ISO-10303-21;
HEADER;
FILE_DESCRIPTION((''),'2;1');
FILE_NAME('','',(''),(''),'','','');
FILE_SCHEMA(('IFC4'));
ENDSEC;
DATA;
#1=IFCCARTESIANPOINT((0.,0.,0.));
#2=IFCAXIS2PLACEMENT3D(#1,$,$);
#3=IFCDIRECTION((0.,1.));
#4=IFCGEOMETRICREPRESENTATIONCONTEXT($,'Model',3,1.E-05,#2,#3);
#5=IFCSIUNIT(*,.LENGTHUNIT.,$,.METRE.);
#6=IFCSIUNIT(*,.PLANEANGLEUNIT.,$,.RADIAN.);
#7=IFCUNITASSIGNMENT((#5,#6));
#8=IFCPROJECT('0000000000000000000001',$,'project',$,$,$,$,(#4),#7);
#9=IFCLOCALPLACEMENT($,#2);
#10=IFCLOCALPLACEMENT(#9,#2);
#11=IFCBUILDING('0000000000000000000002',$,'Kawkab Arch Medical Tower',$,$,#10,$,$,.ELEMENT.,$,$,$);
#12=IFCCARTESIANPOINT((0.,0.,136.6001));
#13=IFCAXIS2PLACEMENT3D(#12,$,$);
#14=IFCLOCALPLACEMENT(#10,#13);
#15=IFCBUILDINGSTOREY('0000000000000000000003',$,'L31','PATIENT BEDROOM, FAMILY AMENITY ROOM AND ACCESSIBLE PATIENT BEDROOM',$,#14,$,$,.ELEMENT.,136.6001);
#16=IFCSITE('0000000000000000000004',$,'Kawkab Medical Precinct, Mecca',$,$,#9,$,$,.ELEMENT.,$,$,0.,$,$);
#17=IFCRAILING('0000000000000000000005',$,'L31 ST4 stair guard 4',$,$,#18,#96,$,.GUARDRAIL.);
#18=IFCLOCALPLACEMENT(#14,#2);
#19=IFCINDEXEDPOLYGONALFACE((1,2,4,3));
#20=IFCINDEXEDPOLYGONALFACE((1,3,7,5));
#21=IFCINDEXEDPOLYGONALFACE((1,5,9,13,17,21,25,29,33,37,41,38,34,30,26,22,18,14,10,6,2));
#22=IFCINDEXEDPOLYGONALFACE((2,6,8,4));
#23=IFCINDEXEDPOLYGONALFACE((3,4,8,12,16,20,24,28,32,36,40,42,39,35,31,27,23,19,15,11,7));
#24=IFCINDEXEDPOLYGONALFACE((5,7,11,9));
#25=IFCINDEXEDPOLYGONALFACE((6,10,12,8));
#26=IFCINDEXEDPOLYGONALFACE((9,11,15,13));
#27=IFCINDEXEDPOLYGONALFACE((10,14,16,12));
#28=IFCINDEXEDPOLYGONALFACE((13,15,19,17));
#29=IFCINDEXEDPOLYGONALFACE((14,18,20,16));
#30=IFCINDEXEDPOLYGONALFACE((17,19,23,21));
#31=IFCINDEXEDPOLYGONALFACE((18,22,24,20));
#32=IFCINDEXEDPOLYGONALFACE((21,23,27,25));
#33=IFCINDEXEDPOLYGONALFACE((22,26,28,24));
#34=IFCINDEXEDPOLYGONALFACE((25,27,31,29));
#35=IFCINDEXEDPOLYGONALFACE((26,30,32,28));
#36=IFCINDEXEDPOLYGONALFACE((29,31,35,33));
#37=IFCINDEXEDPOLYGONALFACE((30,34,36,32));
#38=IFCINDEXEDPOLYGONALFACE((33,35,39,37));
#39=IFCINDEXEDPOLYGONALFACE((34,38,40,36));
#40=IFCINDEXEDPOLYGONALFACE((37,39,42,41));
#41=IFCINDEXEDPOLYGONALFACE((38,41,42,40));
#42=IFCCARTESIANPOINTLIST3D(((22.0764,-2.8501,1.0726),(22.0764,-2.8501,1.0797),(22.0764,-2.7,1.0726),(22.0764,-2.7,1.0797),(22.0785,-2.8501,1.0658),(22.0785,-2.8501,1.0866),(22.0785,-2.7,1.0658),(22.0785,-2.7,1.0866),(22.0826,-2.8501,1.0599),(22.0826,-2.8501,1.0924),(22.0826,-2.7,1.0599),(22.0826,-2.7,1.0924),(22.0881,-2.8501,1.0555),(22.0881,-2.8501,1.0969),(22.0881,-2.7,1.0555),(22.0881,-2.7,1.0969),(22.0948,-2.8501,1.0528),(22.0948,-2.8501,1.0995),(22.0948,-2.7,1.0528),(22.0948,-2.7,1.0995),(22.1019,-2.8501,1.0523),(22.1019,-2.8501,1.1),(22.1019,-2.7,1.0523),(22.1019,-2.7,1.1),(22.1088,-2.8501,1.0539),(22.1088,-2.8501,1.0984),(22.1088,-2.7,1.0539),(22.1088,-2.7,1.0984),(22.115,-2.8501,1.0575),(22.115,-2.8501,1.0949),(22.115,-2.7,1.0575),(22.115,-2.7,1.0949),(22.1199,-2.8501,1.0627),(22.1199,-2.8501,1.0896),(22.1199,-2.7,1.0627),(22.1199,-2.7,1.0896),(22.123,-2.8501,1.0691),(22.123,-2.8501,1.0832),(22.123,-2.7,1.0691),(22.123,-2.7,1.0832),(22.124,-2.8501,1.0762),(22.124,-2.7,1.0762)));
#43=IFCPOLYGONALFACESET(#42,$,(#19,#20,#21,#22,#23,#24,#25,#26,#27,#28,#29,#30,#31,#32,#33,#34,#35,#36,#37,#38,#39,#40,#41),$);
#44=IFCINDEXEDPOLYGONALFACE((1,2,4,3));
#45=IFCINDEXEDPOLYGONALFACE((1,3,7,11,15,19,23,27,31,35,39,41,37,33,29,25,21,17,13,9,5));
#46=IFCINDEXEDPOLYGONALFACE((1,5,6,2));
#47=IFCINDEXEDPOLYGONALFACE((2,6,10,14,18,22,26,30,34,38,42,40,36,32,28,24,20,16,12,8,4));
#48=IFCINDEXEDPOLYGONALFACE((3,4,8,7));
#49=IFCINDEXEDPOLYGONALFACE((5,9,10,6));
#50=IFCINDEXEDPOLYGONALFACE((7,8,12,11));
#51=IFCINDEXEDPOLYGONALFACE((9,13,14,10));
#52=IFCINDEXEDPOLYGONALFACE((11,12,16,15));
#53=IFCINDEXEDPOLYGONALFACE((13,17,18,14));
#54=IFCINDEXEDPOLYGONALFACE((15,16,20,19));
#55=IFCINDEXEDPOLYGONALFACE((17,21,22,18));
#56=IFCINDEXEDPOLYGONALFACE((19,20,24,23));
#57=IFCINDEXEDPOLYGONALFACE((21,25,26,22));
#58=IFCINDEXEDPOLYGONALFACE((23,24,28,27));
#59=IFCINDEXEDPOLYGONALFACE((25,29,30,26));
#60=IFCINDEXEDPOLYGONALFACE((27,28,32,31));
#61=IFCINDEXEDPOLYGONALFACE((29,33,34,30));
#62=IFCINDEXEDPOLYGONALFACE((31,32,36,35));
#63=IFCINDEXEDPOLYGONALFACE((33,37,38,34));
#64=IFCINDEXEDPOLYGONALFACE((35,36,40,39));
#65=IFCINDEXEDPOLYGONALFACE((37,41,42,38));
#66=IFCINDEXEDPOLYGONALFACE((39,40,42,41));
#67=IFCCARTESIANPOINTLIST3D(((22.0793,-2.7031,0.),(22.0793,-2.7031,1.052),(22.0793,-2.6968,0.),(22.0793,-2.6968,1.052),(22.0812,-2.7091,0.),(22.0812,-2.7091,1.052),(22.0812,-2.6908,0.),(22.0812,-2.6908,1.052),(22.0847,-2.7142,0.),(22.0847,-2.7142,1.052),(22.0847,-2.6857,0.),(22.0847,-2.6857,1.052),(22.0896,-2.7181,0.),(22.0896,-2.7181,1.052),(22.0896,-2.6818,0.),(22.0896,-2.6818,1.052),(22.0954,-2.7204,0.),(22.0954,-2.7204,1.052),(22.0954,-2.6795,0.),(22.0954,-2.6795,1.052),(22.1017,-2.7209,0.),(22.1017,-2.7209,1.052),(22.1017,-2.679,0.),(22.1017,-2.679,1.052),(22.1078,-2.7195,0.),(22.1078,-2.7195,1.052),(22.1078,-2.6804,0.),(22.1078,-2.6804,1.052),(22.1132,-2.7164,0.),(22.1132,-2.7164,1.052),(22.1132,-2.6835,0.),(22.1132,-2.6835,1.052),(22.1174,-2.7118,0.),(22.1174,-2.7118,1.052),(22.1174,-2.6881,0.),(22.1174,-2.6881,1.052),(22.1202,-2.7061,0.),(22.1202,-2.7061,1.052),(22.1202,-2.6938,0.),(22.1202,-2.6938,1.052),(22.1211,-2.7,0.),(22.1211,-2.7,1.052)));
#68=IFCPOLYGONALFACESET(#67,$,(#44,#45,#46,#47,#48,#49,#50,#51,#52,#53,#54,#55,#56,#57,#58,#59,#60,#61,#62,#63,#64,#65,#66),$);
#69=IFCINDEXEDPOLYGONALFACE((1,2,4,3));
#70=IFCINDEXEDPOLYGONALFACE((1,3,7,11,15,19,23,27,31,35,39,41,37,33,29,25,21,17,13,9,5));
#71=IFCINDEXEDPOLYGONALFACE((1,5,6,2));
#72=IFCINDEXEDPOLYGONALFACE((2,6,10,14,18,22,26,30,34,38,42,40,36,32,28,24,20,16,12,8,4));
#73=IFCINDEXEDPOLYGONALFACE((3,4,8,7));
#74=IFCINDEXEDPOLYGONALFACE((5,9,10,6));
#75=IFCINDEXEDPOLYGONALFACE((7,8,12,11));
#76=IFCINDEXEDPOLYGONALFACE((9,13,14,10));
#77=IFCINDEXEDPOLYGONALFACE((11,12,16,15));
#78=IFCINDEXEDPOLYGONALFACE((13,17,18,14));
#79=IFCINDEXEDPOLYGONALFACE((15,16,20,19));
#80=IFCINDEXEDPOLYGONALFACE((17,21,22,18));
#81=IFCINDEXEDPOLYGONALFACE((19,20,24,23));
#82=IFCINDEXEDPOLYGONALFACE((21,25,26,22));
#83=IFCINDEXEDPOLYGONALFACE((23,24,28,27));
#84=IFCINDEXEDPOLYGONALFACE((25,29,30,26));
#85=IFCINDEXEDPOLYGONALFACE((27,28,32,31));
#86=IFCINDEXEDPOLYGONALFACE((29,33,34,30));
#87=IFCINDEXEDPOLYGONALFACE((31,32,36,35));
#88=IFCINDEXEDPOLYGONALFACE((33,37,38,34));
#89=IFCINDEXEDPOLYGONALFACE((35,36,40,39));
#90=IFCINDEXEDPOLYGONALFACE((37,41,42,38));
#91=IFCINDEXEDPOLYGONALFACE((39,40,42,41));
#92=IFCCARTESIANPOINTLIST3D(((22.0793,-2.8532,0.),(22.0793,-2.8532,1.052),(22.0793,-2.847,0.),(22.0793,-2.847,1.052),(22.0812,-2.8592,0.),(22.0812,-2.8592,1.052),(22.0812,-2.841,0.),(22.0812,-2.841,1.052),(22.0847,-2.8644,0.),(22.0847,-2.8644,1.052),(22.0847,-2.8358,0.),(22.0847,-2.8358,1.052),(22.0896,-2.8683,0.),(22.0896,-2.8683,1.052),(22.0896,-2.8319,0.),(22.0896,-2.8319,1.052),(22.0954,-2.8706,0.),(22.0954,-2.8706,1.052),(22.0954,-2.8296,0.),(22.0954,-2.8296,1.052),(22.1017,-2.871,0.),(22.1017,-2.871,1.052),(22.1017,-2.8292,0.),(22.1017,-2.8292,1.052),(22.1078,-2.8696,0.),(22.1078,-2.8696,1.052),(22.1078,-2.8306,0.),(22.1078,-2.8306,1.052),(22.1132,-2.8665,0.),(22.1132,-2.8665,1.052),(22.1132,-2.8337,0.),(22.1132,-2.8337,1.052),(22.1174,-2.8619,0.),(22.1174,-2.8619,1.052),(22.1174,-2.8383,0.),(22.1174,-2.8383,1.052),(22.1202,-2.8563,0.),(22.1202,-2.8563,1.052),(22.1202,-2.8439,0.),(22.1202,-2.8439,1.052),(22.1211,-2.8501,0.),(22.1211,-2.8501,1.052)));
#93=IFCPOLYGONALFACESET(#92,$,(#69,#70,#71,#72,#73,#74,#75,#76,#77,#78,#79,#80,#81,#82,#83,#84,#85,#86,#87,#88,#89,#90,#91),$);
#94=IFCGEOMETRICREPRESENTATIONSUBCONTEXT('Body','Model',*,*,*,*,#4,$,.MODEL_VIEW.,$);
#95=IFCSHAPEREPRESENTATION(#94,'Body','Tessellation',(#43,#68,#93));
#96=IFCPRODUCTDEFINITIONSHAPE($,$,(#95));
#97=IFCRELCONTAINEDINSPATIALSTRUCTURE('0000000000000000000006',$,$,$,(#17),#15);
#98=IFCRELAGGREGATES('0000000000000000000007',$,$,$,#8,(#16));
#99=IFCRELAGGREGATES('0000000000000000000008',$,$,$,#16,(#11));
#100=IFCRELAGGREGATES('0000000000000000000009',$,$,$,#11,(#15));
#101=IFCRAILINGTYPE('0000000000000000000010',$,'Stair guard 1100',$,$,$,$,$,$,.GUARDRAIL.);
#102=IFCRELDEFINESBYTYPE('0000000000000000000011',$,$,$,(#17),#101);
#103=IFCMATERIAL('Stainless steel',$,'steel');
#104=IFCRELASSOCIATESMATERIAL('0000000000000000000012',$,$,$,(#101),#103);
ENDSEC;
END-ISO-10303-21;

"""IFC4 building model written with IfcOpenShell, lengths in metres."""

from ifc_helpers import new_model, si_unit, direction, frame, origin, origin_2d, place, context, subcontext, project, spatial, circle, extrude, material, type_object, element, save


model = new_model("IFC4")

# Units and contexts
model_context = context("Model", 3, precision=1e-05, world=origin(), true_north=direction((0.0, 1.0)))
body_context = subcontext(model_context, "Body", "Model", "MODEL_VIEW")
ifc_project = project(units=[si_unit("LENGTHUNIT", "METRE"), si_unit("PLANEANGLEUNIT", "RADIAN")], contexts=[model_context])

# Site, building, storey
site_placement = place(None, origin())
site = spatial("IfcSite", under=ifc_project, at=site_placement, Name="Kawkab Medical Precinct, Mecca", CompositionType="ELEMENT", RefElevation=0.0)
building_placement = place(site_placement, origin())
building = spatial("IfcBuilding", under=site, at=building_placement, Name="Kawkab Arch Medical Tower", CompositionType="ELEMENT")
storey_placement = place(building_placement, frame((0.0, 0.0, 136.6001)))
storey = spatial("IfcBuildingStorey", under=building, at=storey_placement, Name="L31", Description="PATIENT BEDROOM, FAMILY AMENITY ROOM AND ACCESSIBLE PATIENT BEDROOM", CompositionType="ELEMENT", Elevation=136.6001)

# Railing
ifc_material_1 = material(Name="Stainless steel", Category="steel")
railing_type_1 = type_object("IfcRailingType", Name="Stair guard 1100", PredefinedType="GUARDRAIL", material=ifc_material_1)
railing_1_placement = place(storey_placement, frame((22.1001, -2.7, 0.0)))
element("IfcRailing", 1, at=railing_1_placement, inside=storey, type_object=railing_type_1, Name="L31 ST4 stair guard 4", PredefinedType="GUARDRAIL", context=body_context, shape_type="SweptSolid", body=[
    extrude(circle(Radius=0.0239, at=origin_2d()), frame((0.0, 0.0, 1.0762), z_axis=(0.0, -1.0, 0.0), x_axis=(1.0, 0.0, 0.0)), (0.0, 0.0, 1.0), 0.1501),
    extrude(circle(Radius=0.021, at=origin_2d()), origin(), (0.0, 0.0, 1.0), 1.052),
    extrude(circle(Radius=0.021, at=origin_2d()), frame((0.0, -0.1501, 0.0)), (0.0, 0.0, 1.0), 1.052),
])

save(model, "model.ifc")
